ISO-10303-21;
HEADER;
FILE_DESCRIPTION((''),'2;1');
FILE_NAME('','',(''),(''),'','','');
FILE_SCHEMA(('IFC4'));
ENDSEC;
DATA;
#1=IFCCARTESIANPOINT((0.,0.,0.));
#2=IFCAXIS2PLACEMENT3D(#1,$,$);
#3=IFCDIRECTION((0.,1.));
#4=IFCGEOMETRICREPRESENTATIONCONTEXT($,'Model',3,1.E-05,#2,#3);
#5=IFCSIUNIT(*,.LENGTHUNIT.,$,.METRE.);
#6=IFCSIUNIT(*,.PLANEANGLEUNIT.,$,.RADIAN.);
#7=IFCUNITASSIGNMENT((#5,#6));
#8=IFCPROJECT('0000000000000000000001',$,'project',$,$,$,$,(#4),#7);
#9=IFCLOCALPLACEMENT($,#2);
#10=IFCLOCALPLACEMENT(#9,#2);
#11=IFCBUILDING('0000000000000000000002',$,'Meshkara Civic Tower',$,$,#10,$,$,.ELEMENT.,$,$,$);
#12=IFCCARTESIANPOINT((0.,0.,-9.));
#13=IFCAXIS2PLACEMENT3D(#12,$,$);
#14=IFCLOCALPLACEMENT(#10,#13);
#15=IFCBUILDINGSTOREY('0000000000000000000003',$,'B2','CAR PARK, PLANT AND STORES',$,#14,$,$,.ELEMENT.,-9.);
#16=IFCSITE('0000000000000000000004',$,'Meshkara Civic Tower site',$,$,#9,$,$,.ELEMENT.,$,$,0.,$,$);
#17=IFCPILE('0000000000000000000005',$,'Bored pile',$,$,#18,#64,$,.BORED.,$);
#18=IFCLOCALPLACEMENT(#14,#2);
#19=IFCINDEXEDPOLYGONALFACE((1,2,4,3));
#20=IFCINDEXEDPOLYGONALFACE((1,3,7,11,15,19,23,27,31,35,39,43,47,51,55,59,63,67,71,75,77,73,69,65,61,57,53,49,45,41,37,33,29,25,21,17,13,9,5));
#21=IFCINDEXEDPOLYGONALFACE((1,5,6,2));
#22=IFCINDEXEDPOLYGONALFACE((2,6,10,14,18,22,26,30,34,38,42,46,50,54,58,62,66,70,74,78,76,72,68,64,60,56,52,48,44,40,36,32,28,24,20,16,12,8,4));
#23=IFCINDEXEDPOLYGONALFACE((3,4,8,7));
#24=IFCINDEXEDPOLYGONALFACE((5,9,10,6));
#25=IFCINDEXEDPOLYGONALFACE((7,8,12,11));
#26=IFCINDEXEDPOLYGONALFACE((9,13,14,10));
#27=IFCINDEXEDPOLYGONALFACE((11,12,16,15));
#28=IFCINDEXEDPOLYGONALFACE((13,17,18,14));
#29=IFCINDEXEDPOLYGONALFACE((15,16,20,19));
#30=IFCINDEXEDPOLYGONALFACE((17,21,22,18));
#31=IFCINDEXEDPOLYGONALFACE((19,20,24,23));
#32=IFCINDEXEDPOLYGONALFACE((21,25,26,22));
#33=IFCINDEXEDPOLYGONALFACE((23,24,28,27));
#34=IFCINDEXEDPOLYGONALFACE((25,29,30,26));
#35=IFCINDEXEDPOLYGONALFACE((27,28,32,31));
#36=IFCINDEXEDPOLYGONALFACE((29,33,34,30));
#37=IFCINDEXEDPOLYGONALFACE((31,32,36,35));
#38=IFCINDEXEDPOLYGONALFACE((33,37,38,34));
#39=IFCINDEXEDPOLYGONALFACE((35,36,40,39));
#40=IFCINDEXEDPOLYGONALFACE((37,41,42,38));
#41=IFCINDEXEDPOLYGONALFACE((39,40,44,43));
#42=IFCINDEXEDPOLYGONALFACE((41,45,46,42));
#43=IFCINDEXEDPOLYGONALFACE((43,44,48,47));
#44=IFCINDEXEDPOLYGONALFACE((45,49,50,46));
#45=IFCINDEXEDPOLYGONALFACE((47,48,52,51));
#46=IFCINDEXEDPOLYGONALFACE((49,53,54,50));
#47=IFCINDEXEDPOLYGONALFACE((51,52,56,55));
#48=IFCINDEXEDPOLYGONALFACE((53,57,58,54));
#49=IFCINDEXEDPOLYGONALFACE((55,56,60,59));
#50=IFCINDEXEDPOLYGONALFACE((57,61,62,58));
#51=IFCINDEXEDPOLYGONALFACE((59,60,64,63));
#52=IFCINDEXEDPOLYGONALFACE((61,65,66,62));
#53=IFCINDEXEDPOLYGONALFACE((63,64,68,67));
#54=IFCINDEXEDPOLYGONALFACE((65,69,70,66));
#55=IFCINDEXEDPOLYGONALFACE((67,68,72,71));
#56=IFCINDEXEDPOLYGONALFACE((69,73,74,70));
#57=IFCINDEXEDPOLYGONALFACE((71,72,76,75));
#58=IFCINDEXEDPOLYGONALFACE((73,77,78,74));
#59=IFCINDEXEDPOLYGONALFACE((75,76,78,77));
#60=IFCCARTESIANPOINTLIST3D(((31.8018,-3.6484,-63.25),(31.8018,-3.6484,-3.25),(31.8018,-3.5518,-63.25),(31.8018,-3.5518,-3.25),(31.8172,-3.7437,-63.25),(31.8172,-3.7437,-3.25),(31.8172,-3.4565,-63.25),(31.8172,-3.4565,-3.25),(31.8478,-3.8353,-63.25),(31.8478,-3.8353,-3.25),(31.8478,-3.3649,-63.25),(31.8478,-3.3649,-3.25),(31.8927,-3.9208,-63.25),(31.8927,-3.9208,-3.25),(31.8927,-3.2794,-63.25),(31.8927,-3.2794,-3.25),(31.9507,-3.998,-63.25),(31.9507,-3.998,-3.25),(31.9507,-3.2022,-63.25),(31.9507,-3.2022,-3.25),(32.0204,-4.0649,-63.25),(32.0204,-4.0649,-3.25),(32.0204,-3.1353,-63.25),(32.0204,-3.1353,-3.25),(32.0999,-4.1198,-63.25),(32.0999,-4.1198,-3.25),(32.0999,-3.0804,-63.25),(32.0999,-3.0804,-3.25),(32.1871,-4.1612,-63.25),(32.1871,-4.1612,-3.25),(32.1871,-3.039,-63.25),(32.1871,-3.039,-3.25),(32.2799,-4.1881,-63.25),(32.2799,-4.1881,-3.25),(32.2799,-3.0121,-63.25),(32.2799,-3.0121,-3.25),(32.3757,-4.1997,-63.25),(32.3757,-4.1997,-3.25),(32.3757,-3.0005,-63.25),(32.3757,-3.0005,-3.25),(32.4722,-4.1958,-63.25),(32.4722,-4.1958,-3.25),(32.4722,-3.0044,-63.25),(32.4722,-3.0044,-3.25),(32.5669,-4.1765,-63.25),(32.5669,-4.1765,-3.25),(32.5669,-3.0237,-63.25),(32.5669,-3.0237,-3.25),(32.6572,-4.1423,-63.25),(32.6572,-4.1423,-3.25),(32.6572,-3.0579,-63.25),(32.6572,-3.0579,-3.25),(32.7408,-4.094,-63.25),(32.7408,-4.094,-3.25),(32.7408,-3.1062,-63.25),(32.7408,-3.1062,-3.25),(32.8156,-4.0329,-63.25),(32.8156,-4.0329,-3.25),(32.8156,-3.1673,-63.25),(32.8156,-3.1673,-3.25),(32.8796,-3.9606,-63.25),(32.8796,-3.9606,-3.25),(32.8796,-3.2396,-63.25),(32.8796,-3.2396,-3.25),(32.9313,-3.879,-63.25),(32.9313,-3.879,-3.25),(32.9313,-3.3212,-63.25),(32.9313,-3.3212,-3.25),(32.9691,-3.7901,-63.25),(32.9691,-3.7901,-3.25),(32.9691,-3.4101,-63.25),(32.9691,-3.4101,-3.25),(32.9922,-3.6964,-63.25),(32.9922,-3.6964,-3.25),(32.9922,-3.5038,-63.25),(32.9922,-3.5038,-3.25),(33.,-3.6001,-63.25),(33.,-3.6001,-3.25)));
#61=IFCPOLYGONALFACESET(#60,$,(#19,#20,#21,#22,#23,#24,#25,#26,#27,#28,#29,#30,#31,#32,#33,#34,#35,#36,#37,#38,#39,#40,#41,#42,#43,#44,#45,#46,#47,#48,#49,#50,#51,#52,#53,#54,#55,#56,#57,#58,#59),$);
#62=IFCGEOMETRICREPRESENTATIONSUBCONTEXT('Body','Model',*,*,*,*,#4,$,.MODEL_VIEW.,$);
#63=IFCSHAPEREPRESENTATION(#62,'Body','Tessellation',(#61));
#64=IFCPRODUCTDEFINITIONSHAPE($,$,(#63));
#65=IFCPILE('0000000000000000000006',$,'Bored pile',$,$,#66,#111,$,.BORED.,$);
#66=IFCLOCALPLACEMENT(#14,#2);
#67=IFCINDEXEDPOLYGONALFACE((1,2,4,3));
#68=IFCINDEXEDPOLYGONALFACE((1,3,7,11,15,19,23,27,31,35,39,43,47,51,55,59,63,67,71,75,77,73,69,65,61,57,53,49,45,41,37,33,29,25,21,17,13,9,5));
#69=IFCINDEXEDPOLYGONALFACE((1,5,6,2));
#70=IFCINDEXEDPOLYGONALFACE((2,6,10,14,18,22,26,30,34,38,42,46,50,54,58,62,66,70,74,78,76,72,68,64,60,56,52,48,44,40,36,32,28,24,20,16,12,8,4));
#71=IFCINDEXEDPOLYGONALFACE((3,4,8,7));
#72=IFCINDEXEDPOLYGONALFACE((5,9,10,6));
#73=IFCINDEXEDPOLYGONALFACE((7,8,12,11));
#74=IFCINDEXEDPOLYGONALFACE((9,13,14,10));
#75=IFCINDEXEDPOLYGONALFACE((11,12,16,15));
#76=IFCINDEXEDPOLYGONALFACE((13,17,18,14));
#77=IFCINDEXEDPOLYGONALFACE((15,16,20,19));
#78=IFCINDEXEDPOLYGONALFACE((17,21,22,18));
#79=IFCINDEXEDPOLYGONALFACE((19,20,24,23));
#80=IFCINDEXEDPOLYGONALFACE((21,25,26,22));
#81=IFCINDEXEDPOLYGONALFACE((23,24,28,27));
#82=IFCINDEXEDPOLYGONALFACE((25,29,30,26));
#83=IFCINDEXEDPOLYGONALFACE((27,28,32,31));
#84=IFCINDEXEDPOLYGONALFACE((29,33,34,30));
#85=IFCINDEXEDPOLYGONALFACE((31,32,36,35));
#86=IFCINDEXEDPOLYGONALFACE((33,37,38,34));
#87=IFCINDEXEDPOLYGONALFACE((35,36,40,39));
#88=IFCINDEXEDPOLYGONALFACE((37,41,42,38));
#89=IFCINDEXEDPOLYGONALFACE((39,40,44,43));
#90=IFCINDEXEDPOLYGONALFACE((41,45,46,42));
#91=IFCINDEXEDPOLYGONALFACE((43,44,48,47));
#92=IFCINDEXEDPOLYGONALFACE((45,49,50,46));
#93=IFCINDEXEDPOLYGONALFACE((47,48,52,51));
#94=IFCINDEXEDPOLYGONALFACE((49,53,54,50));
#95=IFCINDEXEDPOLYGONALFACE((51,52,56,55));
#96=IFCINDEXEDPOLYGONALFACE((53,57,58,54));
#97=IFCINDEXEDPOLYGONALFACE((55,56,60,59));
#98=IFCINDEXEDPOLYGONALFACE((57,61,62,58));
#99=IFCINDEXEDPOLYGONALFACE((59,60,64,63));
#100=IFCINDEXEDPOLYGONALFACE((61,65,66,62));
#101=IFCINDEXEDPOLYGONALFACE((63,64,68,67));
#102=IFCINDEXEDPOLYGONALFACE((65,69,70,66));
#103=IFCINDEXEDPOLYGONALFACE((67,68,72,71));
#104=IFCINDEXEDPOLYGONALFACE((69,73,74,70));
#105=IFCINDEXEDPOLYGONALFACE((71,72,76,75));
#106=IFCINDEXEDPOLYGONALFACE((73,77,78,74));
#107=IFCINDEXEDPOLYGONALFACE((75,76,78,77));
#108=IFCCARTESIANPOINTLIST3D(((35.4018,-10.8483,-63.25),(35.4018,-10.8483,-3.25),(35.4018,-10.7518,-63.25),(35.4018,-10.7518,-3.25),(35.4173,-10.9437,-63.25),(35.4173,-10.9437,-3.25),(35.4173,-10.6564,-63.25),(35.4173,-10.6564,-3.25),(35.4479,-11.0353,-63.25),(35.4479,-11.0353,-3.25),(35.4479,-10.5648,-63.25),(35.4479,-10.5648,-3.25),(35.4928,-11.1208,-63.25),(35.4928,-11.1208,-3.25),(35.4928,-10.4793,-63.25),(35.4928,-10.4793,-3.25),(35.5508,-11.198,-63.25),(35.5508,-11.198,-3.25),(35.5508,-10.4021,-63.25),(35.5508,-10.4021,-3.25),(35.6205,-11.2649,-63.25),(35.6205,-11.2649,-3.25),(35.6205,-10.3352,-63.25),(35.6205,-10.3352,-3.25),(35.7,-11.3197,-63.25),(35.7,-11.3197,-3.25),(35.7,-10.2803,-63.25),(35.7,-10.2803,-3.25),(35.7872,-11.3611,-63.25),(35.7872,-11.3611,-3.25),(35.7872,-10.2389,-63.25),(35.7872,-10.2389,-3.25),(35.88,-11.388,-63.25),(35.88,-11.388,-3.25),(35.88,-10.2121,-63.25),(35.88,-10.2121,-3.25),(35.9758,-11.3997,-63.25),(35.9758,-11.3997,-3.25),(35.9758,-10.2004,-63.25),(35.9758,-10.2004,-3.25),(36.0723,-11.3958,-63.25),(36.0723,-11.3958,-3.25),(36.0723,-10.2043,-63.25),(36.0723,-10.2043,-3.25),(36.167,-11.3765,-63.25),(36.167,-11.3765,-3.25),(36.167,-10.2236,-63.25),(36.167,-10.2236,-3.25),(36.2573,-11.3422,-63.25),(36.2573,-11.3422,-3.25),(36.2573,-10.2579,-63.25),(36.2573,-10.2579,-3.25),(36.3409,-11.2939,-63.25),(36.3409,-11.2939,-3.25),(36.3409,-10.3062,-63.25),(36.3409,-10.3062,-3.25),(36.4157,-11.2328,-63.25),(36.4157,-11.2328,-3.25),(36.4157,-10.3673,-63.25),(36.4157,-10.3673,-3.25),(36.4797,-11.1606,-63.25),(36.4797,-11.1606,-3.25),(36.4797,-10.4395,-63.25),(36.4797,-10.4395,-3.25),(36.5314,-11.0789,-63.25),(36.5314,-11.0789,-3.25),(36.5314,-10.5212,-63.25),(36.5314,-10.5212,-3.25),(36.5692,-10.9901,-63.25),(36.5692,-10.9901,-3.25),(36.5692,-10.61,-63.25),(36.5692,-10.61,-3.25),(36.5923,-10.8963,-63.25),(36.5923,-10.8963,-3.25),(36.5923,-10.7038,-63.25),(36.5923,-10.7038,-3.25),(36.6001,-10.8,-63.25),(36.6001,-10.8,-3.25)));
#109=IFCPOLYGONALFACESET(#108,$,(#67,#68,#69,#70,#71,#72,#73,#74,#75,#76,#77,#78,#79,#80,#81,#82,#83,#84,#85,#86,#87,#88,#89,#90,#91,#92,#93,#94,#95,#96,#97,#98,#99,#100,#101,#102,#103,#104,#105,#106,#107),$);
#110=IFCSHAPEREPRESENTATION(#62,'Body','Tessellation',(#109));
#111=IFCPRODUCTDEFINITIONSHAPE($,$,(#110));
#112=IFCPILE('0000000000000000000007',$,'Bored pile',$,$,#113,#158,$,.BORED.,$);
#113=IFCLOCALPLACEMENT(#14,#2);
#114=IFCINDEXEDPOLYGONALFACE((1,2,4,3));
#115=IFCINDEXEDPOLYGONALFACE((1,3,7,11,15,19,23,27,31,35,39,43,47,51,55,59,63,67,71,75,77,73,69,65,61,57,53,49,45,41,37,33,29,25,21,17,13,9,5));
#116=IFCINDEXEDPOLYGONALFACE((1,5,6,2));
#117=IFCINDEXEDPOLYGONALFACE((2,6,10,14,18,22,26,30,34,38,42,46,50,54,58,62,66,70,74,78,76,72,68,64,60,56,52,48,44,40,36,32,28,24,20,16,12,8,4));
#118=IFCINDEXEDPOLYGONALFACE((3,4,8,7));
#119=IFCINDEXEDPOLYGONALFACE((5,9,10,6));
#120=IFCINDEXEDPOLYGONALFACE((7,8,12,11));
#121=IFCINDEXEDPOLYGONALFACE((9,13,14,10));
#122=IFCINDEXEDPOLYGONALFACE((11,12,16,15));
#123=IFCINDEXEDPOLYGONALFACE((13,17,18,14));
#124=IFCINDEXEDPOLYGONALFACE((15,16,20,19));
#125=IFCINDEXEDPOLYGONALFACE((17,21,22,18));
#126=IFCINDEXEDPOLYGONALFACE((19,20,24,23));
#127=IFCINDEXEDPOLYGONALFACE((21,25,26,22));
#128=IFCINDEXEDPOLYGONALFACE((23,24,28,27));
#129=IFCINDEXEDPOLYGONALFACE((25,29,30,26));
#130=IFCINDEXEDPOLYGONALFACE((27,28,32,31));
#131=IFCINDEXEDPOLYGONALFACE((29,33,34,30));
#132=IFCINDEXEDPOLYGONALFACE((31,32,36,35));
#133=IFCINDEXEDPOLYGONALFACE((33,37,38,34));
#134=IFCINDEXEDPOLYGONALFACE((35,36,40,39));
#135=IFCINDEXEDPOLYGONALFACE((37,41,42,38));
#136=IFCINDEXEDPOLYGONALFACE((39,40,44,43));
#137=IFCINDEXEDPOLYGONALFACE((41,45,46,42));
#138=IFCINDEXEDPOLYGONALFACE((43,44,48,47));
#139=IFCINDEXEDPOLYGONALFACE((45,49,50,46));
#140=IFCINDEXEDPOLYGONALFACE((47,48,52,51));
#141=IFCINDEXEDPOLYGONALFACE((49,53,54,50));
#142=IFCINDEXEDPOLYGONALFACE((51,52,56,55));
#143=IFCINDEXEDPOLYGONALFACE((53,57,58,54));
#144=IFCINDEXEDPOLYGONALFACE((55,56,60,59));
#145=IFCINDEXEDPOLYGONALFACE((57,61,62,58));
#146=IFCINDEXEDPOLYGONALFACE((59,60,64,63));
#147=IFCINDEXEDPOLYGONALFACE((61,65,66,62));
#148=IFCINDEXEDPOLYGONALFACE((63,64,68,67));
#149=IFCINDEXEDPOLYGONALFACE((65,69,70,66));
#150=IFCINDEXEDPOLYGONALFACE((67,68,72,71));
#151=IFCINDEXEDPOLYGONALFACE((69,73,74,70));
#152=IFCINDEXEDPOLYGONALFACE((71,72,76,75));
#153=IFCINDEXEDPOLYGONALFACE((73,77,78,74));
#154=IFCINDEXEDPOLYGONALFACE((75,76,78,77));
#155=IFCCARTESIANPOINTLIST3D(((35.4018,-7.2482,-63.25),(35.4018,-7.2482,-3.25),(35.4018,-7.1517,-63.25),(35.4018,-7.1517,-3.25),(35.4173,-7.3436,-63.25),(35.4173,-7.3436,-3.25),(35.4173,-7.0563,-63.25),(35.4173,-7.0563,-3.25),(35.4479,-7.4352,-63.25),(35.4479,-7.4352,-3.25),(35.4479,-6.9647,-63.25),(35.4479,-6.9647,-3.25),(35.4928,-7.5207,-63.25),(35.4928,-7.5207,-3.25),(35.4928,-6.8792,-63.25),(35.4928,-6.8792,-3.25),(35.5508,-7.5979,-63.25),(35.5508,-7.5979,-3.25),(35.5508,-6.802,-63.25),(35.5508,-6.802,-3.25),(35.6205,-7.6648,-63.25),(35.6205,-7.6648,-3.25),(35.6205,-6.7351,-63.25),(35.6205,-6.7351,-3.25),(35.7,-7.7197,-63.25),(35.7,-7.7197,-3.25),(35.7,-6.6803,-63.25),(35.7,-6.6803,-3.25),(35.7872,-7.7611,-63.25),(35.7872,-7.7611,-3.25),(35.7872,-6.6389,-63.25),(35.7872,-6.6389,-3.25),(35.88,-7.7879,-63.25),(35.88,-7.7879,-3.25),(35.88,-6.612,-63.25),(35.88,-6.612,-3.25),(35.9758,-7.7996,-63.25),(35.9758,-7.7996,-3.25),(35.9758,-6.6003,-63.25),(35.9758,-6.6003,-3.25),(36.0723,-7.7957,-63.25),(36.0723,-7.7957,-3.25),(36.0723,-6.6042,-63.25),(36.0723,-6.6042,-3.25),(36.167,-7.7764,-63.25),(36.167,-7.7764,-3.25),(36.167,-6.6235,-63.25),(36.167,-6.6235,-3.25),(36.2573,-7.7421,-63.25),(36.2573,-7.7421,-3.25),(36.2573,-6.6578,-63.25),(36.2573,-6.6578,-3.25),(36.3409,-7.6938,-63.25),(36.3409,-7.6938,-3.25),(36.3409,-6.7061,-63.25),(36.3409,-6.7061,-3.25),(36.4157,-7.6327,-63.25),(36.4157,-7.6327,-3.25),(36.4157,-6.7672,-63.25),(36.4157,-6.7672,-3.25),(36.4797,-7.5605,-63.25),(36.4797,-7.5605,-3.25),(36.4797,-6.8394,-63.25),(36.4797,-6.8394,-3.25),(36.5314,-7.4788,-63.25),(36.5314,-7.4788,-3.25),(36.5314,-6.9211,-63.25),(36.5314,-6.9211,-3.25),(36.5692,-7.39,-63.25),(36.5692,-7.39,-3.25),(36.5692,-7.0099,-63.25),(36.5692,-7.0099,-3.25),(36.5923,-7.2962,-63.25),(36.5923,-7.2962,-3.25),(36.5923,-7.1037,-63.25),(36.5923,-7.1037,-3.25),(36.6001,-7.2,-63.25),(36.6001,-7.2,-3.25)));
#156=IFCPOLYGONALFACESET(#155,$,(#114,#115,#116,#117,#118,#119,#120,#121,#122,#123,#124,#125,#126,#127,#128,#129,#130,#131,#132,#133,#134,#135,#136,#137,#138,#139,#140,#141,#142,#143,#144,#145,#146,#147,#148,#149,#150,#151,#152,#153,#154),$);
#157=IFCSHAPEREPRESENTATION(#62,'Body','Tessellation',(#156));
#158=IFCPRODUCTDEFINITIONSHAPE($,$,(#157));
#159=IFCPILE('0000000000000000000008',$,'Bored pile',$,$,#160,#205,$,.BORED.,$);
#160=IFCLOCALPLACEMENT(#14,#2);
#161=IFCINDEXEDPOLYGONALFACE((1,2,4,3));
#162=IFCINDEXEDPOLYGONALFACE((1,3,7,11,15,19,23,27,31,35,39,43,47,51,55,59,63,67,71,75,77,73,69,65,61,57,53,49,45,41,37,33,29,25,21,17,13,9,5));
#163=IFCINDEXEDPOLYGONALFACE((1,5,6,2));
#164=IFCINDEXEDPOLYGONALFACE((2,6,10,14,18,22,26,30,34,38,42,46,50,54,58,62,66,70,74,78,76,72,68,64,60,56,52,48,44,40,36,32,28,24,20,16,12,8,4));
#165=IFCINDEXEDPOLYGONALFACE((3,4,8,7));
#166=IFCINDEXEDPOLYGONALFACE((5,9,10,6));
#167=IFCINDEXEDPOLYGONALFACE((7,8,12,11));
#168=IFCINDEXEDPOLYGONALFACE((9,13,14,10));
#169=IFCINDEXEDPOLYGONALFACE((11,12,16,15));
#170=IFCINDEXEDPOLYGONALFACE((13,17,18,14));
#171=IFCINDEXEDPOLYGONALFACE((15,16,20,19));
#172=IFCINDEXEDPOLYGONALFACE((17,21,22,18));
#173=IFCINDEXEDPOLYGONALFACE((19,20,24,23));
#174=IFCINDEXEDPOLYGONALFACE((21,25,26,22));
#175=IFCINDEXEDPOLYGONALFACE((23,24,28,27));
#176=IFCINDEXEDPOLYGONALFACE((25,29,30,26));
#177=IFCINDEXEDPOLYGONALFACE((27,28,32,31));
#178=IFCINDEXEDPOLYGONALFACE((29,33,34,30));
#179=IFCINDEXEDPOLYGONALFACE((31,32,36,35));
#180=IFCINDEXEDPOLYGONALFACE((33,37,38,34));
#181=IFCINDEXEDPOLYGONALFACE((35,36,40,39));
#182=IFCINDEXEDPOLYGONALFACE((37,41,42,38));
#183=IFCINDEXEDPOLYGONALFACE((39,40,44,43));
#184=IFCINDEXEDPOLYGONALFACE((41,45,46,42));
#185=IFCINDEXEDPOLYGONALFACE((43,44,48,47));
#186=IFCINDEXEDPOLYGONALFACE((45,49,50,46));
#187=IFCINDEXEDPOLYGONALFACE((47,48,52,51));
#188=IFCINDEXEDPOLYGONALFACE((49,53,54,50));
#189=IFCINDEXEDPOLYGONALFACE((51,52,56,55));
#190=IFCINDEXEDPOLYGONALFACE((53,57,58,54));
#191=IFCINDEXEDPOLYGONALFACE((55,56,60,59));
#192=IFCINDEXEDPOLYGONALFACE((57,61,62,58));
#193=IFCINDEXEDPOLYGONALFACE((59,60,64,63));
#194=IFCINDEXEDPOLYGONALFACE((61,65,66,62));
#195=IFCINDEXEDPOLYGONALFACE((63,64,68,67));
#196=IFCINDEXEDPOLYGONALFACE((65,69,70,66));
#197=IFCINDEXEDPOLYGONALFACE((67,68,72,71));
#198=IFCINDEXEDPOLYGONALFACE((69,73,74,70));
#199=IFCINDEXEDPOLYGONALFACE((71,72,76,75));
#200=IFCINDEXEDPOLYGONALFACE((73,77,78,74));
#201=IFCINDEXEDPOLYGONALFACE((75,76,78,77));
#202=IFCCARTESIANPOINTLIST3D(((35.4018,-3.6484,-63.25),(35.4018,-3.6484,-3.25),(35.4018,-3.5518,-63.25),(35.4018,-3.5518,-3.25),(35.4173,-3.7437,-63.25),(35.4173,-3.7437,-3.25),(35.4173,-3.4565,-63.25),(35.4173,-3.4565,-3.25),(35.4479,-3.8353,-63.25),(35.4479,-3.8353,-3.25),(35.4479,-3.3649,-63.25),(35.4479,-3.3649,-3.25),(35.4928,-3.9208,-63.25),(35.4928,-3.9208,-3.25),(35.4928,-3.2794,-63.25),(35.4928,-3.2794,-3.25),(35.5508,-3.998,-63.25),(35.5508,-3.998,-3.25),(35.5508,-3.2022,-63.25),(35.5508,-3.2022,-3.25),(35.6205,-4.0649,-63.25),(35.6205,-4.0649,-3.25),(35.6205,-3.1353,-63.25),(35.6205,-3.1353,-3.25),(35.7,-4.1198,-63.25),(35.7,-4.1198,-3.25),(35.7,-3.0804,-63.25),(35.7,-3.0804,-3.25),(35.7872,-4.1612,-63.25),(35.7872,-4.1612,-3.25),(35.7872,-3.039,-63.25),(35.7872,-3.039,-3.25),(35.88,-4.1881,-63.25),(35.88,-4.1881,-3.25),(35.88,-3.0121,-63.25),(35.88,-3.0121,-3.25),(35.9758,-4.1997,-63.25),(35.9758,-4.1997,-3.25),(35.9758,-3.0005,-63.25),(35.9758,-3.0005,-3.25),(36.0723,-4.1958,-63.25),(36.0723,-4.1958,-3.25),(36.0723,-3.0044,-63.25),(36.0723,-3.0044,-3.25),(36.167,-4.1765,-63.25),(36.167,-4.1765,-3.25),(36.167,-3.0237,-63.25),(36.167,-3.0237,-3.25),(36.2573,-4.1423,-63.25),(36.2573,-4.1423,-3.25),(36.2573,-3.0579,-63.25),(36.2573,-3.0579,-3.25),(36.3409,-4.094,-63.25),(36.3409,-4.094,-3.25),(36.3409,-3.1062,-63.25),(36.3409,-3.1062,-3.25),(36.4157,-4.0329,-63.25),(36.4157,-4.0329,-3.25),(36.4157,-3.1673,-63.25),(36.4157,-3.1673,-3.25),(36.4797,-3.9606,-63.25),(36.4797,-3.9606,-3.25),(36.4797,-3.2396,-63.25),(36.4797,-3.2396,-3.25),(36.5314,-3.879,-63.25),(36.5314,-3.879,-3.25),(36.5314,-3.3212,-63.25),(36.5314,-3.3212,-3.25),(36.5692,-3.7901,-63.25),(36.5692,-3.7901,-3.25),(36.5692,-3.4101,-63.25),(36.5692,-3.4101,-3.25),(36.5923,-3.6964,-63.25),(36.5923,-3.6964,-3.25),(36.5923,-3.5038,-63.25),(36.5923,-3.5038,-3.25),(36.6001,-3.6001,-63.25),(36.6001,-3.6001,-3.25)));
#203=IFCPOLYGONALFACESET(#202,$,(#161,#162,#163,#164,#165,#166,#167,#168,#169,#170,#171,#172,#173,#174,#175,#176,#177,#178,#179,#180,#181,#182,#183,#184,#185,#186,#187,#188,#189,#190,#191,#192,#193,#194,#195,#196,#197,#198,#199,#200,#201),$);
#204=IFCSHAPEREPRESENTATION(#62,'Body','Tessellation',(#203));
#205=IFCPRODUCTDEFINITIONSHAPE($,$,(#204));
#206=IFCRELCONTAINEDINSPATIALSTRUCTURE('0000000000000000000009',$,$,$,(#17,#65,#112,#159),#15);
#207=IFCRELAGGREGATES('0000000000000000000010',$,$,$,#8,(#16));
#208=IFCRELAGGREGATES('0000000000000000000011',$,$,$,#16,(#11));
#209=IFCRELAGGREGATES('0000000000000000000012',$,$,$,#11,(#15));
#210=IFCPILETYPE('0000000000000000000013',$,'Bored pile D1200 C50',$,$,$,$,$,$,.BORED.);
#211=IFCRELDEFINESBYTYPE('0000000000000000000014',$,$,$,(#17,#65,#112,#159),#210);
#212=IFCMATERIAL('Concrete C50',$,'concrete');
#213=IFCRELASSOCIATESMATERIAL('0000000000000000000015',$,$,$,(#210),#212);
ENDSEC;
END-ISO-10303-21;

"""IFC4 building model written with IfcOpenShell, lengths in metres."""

from ifc_helpers import new_model, si_unit, direction, frame, origin, origin_2d, place, context, subcontext, project, spatial, circle, extrude, material, material_profile, profile_set, type_object, element, save


model = new_model("IFC4")

# Units and contexts
model_context = context("Model", 3, precision=1e-05, world=origin(), true_north=direction((0.0, 1.0)))
body_context = subcontext(model_context, "Body", "Model", "MODEL_VIEW")
ifc_project = project(units=[si_unit("LENGTHUNIT", "METRE"), si_unit("PLANEANGLEUNIT", "RADIAN")], contexts=[model_context])

# Site, building, storey
site_placement = place(None, origin())
site = spatial("IfcSite", under=ifc_project, at=site_placement, Name="Meshkara Civic Tower site", CompositionType="ELEMENT", RefElevation=0.0)
building_placement = place(site_placement, origin())
building = spatial("IfcBuilding", under=site, at=building_placement, Name="Meshkara Civic Tower", CompositionType="ELEMENT")
storey_placement = place(building_placement, frame((0.0, 0.0, -9.0)))
storey = spatial("IfcBuildingStorey", under=building, at=storey_placement, Name="B2", Description="CAR PARK, PLANT AND STORES", CompositionType="ELEMENT", Elevation=-9.0)

# Piles
ifc_material_1 = material(Name="Concrete C50", Category="concrete")
ifc_material_profile_1 = material_profile(ifc_material_1, circle(Radius=0.6001, at=origin_2d()))
ifc_profile_set_1 = profile_set([ifc_material_profile_1], Name="Concrete C50")
pile_type = type_object("IfcPileType", Name="Bored pile D1200 C50", PredefinedType="BORED", material=ifc_profile_set_1)
for number, where, z_axis, x_axis, name in (
    (1, (32.3999, -3.6001, -3.25), (0.0, 0.0, -1.0), (1.0, 0.0, 0.0), "Bored pile"),
    (2, (36.0, -10.8, -3.25), (0.0, 0.0, -1.0), (1.0, 0.0, 0.0), "Bored pile"),
    (3, (36.0, -7.2, -3.25), (0.0, 0.0, -1.0), (1.0, 0.0, 0.0), "Bored pile"),
    (4, (36.0, -3.6001, -3.25), (0.0, 0.0, -1.0), (1.0, 0.0, 0.0), "Bored pile"),
):
    element("IfcPile", number, at=place(storey_placement, frame(where, z_axis=z_axis, x_axis=x_axis)), inside=storey, type_object=pile_type, Name=name, PredefinedType="BORED", context=body_context, shape_type="SweptSolid", body=[
        extrude(circle(Radius=0.6001, at=origin_2d()), origin(), (0.0, 0.0, 1.0), 60.0),
    ])

save(model, "model.ifc")
